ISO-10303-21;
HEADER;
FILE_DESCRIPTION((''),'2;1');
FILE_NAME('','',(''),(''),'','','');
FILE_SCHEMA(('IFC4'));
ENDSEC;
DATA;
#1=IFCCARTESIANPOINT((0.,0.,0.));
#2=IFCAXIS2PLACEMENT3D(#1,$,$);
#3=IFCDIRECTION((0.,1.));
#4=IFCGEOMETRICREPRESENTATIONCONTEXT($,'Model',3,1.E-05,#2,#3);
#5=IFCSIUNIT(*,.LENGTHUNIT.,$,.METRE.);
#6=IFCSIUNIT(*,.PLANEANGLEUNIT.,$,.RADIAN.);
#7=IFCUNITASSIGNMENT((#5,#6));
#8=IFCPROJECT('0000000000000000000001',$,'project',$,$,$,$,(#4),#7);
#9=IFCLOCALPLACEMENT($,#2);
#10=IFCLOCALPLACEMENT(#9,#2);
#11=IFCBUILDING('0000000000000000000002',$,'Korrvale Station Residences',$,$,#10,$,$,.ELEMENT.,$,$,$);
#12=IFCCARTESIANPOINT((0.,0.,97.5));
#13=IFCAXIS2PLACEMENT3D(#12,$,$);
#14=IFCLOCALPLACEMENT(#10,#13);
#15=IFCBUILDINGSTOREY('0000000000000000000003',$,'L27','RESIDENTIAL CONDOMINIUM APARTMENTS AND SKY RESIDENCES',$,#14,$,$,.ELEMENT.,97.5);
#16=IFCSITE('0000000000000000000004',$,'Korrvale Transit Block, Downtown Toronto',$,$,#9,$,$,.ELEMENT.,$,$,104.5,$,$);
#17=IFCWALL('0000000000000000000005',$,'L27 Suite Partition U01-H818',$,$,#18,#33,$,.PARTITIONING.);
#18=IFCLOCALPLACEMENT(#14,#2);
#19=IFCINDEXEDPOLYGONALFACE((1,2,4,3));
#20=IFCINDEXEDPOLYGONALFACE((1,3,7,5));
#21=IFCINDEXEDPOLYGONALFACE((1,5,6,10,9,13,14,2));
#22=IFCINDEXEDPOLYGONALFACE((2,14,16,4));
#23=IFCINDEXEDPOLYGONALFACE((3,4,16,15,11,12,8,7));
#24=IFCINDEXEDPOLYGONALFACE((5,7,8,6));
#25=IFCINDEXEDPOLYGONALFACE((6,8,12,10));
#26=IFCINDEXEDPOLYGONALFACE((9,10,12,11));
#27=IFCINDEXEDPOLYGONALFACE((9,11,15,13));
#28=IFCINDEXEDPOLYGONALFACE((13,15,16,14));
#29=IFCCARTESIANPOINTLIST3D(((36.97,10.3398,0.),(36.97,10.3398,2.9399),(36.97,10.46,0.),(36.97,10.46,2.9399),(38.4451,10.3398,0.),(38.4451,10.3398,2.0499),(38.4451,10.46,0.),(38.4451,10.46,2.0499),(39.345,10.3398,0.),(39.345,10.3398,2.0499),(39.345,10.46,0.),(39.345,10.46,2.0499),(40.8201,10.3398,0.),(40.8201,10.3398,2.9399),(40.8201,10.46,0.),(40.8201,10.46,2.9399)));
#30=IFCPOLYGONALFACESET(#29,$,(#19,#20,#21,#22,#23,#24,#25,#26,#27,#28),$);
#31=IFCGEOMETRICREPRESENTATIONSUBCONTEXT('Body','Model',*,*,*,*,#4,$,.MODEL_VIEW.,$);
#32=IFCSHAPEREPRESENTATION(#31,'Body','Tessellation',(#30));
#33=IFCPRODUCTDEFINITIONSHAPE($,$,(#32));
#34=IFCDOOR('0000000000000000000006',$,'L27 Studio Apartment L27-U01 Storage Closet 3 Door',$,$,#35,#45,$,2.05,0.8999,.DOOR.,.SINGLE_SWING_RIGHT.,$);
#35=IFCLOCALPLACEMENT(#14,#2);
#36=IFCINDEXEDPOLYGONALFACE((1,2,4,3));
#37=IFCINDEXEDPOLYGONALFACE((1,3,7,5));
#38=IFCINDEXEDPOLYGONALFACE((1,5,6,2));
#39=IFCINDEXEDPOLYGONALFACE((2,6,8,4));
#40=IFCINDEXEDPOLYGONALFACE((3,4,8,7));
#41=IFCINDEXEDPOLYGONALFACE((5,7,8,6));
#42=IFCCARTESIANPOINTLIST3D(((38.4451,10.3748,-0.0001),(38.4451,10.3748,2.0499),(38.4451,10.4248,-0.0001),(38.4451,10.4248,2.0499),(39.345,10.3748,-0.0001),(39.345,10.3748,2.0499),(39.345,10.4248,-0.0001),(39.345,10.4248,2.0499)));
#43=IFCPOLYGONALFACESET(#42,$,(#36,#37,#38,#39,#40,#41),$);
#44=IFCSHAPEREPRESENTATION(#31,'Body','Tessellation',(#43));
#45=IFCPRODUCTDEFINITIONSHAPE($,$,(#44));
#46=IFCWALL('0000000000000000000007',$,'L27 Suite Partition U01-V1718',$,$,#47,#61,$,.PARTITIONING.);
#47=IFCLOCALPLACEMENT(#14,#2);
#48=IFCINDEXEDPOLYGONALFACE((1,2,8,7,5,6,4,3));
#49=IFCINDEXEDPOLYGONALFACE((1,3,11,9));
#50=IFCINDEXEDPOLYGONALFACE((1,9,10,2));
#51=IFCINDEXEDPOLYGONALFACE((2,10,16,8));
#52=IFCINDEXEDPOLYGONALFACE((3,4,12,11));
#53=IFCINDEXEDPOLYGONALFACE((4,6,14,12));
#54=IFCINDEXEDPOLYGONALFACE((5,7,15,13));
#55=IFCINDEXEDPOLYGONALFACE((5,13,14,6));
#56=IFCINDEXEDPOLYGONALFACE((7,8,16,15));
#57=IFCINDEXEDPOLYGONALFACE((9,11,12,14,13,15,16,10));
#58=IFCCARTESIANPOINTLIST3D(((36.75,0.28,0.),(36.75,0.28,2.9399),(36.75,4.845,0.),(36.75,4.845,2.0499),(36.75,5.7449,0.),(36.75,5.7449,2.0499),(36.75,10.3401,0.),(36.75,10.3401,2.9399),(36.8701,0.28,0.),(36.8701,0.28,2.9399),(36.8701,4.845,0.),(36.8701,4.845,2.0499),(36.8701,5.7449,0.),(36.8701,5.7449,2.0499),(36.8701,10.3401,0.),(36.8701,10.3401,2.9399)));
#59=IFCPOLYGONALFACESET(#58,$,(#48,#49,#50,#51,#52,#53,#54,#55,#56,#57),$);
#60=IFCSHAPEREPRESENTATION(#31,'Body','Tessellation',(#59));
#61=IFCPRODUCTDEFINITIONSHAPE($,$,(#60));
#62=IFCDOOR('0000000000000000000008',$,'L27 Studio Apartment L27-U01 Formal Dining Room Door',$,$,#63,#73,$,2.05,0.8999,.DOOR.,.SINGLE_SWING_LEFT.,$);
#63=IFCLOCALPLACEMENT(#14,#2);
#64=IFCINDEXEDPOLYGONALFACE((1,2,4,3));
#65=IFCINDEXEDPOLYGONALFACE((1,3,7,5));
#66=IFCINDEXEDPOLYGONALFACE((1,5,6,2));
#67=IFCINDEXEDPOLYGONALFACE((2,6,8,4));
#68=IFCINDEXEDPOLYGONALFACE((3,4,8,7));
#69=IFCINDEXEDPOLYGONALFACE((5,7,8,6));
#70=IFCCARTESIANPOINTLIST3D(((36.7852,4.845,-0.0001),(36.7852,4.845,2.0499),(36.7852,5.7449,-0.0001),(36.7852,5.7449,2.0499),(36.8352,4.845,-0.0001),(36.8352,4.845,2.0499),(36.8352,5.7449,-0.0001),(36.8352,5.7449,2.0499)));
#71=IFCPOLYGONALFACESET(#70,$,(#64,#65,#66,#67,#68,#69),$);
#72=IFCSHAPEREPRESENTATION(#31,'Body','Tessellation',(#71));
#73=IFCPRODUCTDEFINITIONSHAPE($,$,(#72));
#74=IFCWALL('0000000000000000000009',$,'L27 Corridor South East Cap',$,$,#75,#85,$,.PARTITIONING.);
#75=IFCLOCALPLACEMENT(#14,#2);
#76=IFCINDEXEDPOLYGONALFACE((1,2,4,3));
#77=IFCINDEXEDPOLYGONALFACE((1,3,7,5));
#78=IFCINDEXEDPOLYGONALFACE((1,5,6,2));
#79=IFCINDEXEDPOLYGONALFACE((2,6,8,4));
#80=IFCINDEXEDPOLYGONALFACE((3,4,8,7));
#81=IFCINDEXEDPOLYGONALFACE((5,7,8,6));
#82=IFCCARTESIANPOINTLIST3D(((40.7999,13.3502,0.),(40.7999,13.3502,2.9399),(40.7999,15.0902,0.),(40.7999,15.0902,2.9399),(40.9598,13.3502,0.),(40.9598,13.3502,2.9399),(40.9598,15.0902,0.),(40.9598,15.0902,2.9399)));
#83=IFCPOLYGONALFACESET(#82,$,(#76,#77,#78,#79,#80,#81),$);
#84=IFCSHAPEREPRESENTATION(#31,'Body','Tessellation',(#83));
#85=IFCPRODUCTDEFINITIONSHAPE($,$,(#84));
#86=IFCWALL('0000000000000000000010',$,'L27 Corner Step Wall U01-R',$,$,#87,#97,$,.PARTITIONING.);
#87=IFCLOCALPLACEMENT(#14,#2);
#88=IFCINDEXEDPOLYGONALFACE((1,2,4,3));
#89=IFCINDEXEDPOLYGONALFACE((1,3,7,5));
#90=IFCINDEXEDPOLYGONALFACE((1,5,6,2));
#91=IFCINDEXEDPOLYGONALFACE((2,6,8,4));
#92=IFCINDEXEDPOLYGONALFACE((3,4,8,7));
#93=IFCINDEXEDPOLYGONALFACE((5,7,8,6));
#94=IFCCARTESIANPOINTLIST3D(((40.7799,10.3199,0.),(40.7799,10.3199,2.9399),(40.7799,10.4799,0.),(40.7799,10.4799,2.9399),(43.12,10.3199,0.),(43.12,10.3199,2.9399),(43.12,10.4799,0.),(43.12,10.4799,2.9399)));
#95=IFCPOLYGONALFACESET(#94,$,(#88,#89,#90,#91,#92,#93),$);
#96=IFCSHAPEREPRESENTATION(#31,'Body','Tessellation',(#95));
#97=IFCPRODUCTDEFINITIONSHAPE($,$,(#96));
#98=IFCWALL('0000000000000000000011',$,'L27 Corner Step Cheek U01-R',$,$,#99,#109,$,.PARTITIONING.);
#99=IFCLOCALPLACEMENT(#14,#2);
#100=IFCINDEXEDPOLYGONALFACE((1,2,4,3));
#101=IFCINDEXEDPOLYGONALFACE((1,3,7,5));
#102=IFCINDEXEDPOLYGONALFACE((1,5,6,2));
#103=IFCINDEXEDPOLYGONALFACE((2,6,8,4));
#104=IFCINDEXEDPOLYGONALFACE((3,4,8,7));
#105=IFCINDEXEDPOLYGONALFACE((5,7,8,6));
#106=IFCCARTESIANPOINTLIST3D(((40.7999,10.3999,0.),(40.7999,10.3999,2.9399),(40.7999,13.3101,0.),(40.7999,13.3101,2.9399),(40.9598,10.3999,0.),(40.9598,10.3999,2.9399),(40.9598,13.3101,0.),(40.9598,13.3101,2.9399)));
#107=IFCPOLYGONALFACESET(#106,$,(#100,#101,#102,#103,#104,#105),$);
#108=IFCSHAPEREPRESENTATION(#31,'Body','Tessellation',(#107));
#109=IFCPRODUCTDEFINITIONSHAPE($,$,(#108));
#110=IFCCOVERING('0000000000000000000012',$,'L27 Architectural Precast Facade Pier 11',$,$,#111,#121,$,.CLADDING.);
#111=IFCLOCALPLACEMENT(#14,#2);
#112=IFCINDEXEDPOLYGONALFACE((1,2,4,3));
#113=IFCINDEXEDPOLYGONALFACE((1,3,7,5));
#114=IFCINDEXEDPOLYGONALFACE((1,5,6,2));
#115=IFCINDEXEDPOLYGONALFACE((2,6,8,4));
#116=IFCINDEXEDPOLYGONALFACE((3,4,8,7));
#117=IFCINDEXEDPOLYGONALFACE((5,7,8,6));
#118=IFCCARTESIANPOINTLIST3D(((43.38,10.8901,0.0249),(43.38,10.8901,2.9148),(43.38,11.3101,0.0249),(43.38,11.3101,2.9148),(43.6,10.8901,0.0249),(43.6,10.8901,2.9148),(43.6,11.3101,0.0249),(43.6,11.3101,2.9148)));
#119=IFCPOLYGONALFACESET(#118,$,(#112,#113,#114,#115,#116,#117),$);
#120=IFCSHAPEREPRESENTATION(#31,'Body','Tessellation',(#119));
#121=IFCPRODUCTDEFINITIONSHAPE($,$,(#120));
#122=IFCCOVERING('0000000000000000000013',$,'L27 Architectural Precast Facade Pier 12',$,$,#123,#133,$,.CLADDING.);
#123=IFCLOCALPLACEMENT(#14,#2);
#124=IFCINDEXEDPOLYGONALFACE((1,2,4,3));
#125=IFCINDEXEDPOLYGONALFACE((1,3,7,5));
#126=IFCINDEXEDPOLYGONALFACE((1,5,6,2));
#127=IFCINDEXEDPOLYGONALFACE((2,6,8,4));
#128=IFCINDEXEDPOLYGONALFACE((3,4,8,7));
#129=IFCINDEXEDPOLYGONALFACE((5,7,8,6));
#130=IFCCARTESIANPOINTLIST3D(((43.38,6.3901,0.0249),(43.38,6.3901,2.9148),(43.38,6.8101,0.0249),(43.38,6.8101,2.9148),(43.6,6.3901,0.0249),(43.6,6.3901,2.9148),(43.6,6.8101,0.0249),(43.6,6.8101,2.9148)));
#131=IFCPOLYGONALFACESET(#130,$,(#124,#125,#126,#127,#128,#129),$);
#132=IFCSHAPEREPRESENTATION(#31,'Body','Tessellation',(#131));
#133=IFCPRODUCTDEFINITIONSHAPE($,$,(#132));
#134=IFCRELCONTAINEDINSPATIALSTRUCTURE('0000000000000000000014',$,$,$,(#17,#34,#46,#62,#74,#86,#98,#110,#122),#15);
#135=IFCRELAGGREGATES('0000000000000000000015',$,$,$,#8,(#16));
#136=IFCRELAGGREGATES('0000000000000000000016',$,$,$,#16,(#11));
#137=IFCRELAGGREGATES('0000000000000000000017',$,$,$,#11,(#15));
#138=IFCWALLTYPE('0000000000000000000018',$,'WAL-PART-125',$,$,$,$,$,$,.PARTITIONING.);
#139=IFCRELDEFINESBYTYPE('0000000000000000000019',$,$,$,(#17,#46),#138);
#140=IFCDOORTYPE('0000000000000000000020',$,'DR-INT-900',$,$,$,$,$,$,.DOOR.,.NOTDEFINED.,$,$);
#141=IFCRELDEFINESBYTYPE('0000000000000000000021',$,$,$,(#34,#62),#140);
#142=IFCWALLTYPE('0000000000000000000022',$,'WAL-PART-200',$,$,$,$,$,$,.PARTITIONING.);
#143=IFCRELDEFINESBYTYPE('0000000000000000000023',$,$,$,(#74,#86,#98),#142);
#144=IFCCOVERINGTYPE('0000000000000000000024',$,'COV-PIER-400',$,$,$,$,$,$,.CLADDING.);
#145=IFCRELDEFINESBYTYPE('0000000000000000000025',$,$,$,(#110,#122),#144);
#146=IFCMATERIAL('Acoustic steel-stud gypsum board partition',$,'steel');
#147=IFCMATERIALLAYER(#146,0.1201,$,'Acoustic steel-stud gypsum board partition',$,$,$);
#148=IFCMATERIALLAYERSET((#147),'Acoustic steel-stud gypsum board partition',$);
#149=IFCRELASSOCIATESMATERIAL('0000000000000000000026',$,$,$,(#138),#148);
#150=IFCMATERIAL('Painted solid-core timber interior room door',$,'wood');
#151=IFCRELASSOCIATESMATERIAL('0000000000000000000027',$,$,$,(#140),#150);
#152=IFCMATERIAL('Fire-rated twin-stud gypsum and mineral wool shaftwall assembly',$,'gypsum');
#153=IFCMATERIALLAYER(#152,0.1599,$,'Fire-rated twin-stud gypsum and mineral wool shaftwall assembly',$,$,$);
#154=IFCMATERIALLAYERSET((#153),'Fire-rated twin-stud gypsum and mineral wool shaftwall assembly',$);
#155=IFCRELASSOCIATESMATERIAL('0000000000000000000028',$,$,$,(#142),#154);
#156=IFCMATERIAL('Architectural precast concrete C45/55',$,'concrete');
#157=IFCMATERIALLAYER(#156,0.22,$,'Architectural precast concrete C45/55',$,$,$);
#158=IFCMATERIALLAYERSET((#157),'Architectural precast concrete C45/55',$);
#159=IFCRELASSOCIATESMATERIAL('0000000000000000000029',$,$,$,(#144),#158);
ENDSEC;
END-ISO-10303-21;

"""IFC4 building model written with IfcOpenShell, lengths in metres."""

from ifc_helpers import new_model, si_unit, direction, frame, frame_2d, origin, origin_2d, place, context, subcontext, project, spatial, rectangle, extrude, material, layer, layer_set, type_object, element, fill, save


model = new_model("IFC4")

# Units and contexts
model_context = context("Model", 3, precision=1e-05, world=origin(), true_north=direction((0.0, 1.0)))
body_context = subcontext(model_context, "Body", "Model", "MODEL_VIEW")
ifc_project = project(units=[si_unit("LENGTHUNIT", "METRE"), si_unit("PLANEANGLEUNIT", "RADIAN")], contexts=[model_context])

# Site, building, storey
site_placement = place(None, origin())
site = spatial("IfcSite", under=ifc_project, at=site_placement, Name="Korrvale Transit Block, Downtown Toronto", CompositionType="ELEMENT", RefElevation=104.5)
building_placement = place(site_placement, origin())
building = spatial("IfcBuilding", under=site, at=building_placement, Name="Korrvale Station Residences", CompositionType="ELEMENT")
storey_placement = place(building_placement, frame((0.0, 0.0, 97.5)))
storey = spatial("IfcBuildingStorey", under=building, at=storey_placement, Name="L27", Description="RESIDENTIAL CONDOMINIUM APARTMENTS AND SKY RESIDENCES", CompositionType="ELEMENT", Elevation=97.5)

# Walls, openings, doors
ifc_material_1 = material(Name="Acoustic steel-stud gypsum board partition", Category="steel")
ifc_layer_1 = layer(ifc_material_1, 0.1201, Name="Acoustic steel-stud gypsum board partition")
ifc_layer_set_1 = layer_set([ifc_layer_1], Name="Acoustic steel-stud gypsum board partition")
wall_type_1 = type_object("IfcWallType", Name="WAL-PART-125", PredefinedType="PARTITIONING", material=ifc_layer_set_1)
ifc_material_2 = material(Name="Painted solid-core timber interior room door", Category="wood")
door_type = type_object("IfcDoorType", Name="DR-INT-900", OperationType="NOTDEFINED", PredefinedType="DOOR", material=ifc_material_2)
wall_1_placement = place(storey_placement, frame((36.97, 10.3999, 0.0), z_axis=(0.0, 0.0, 1.0), x_axis=(1.0, 0.0, 0.0)))
wall_1 = element("IfcWall", 1, at=wall_1_placement, inside=storey, type_object=wall_type_1, Name="L27 Suite Partition U01-H818", PredefinedType="PARTITIONING", context=body_context, shape_type="SweptSolid", body=[
    extrude(rectangle(XDim=3.8501, YDim=0.1201, at=frame_2d((1.925, 0.0))), origin(), (0.0, 0.0, 1.0), 2.9399),
])
opening_1_placement = place(wall_1_placement, frame((1.4751, 0.0, 0.0)))
opening_1 = element("IfcOpeningElement", 2, at=opening_1_placement, cuts=wall_1, PredefinedType="OPENING", context=body_context, shape_type="SweptSolid", body=[
    extrude(rectangle(XDim=0.8999, YDim=2.05, at=frame_2d((0.45, 1.0249))), frame((0.0, 0.0701, 0.0), z_axis=(0.0, -1.0, 0.0), x_axis=(1.0, 0.0, 0.0)), (0.0, 0.0, 1.0), 0.1401),
])
door_1_placement = place(opening_1_placement, origin())
door_1 = element("IfcDoor", 3, at=door_1_placement, inside=storey, type_object=door_type, Name="L27 Studio Apartment L27-U01 Storage Closet 3 Door", OperationType="SINGLE_SWING_RIGHT", OverallHeight=2.05, OverallWidth=0.8999, PredefinedType="DOOR", context=body_context, shape_type="SweptSolid", body=[
    extrude(rectangle(XDim=0.8999, YDim=2.05, at=frame_2d((0.45, 1.0249))), frame((0.0, 0.0249, 0.0), z_axis=(0.0, -1.0, 0.0), x_axis=(1.0, 0.0, 0.0)), (0.0, 0.0, 1.0), 0.05),
])
fill(opening_1, door_1)
wall_2_placement = place(storey_placement, frame((36.8101, 0.28, 0.0), z_axis=(0.0, 0.0, 1.0), x_axis=(0.0, 1.0, 0.0)))
wall_2 = element("IfcWall", 4, at=wall_2_placement, inside=storey, type_object=wall_type_1, Name="L27 Suite Partition U01-V1718", PredefinedType="PARTITIONING", context=body_context, shape_type="SweptSolid", body=[
    extrude(rectangle(XDim=10.0601, YDim=0.1201, at=frame_2d((5.03, 0.0))), origin(), (0.0, 0.0, 1.0), 2.9399),
])
opening_2_placement = place(wall_2_placement, frame((4.5649, 0.0, 0.0)))
opening_2 = element("IfcOpeningElement", 5, at=opening_2_placement, cuts=wall_2, PredefinedType="OPENING", context=body_context, shape_type="SweptSolid", body=[
    extrude(rectangle(XDim=0.8999, YDim=2.05, at=frame_2d((0.45, 1.0249))), frame((0.0, 0.0701, 0.0), z_axis=(0.0, -1.0, 0.0), x_axis=(1.0, 0.0, 0.0)), (0.0, 0.0, 1.0), 0.1401),
])
door_2_placement = place(opening_2_placement, origin())
door_2 = element("IfcDoor", 6, at=door_2_placement, inside=storey, type_object=door_type, Name="L27 Studio Apartment L27-U01 Formal Dining Room Door", OperationType="SINGLE_SWING_LEFT", OverallHeight=2.05, OverallWidth=0.8999, PredefinedType="DOOR", context=body_context, shape_type="SweptSolid", body=[
    extrude(rectangle(XDim=0.8999, YDim=2.05, at=frame_2d((0.45, 1.0249))), frame((0.0, 0.0249, 0.0), z_axis=(0.0, -1.0, 0.0), x_axis=(1.0, 0.0, 0.0)), (0.0, 0.0, 1.0), 0.05),
])
fill(opening_2, door_2)

# Walls
ifc_material_3 = material(Name="Fire-rated twin-stud gypsum and mineral wool shaftwall assembly", Category="gypsum")
ifc_layer_2 = layer(ifc_material_3, 0.1599, Name="Fire-rated twin-stud gypsum and mineral wool shaftwall assembly")
ifc_layer_set_2 = layer_set([ifc_layer_2], Name="Fire-rated twin-stud gypsum and mineral wool shaftwall assembly")
wall_type_2 = type_object("IfcWallType", Name="WAL-PART-200", PredefinedType="PARTITIONING", material=ifc_layer_set_2)
wall_3_placement = place(storey_placement, frame((40.8799, 13.3501, 0.0), z_axis=(0.0, 0.0, 1.0), x_axis=(0.0, 1.0, 0.0)))
element("IfcWall", 7, at=wall_3_placement, inside=storey, type_object=wall_type_2, Name="L27 Corridor South East Cap", PredefinedType="PARTITIONING", context=body_context, shape_type="SweptSolid", body=[
    extrude(rectangle(XDim=1.74, YDim=0.1599, at=frame_2d((0.8701, 0.0))), origin(), (0.0, 0.0, 1.0), 2.9399),
])
wall_4_placement = place(storey_placement, frame((40.78, 10.3999, 0.0), z_axis=(0.0, 0.0, 1.0), x_axis=(1.0, 0.0, 0.0)))
element("IfcWall", 8, at=wall_4_placement, inside=storey, type_object=wall_type_2, Name="L27 Corner Step Wall U01-R", PredefinedType="PARTITIONING", context=body_context, shape_type="SweptSolid", body=[
    extrude(rectangle(XDim=2.3401, YDim=0.1599, at=frame_2d((1.1699, 0.0))), origin(), (0.0, 0.0, 1.0), 2.9399),
])
wall_5_placement = place(storey_placement, frame((40.8799, 10.3999, 0.0), z_axis=(0.0, 0.0, 1.0), x_axis=(0.0, 1.0, 0.0)))
element("IfcWall", 9, at=wall_5_placement, inside=storey, type_object=wall_type_2, Name="L27 Corner Step Cheek U01-R", PredefinedType="PARTITIONING", context=body_context, shape_type="SweptSolid", body=[
    extrude(rectangle(XDim=2.9102, YDim=0.1599, at=frame_2d((1.4551, 0.0))), origin(), (0.0, 0.0, 1.0), 2.9399),
])

# Coverings
ifc_material_4 = material(Name="Architectural precast concrete C45/55", Category="concrete")
ifc_layer_3 = layer(ifc_material_4, 0.22, Name="Architectural precast concrete C45/55")
ifc_layer_set_3 = layer_set([ifc_layer_3], Name="Architectural precast concrete C45/55")
covering_type = type_object("IfcCoveringType", Name="COV-PIER-400", PredefinedType="CLADDING", material=ifc_layer_set_3)
for number, where, z_axis, x_axis, name in (
    (10, (43.49, 11.1001, 0.0249), (0.0, 0.0, 1.0), (0.0, 1.0, 0.0), "L27 Architectural Precast Facade Pier 11"),
    (11, (43.49, 6.6001, 0.0249), (0.0, 0.0, 1.0), (0.0, 1.0, 0.0), "L27 Architectural Precast Facade Pier 12"),
):
    element("IfcCovering", number, at=place(storey_placement, frame(where, z_axis=z_axis, x_axis=x_axis)), inside=storey, type_object=covering_type, Name=name, PredefinedType="CLADDING", context=body_context, shape_type="SweptSolid", body=[
        extrude(rectangle(XDim=0.4199, YDim=0.22, at=origin_2d()), origin(), (0.0, 0.0, 1.0), 2.8899),
    ])

save(model, "model.ifc")
